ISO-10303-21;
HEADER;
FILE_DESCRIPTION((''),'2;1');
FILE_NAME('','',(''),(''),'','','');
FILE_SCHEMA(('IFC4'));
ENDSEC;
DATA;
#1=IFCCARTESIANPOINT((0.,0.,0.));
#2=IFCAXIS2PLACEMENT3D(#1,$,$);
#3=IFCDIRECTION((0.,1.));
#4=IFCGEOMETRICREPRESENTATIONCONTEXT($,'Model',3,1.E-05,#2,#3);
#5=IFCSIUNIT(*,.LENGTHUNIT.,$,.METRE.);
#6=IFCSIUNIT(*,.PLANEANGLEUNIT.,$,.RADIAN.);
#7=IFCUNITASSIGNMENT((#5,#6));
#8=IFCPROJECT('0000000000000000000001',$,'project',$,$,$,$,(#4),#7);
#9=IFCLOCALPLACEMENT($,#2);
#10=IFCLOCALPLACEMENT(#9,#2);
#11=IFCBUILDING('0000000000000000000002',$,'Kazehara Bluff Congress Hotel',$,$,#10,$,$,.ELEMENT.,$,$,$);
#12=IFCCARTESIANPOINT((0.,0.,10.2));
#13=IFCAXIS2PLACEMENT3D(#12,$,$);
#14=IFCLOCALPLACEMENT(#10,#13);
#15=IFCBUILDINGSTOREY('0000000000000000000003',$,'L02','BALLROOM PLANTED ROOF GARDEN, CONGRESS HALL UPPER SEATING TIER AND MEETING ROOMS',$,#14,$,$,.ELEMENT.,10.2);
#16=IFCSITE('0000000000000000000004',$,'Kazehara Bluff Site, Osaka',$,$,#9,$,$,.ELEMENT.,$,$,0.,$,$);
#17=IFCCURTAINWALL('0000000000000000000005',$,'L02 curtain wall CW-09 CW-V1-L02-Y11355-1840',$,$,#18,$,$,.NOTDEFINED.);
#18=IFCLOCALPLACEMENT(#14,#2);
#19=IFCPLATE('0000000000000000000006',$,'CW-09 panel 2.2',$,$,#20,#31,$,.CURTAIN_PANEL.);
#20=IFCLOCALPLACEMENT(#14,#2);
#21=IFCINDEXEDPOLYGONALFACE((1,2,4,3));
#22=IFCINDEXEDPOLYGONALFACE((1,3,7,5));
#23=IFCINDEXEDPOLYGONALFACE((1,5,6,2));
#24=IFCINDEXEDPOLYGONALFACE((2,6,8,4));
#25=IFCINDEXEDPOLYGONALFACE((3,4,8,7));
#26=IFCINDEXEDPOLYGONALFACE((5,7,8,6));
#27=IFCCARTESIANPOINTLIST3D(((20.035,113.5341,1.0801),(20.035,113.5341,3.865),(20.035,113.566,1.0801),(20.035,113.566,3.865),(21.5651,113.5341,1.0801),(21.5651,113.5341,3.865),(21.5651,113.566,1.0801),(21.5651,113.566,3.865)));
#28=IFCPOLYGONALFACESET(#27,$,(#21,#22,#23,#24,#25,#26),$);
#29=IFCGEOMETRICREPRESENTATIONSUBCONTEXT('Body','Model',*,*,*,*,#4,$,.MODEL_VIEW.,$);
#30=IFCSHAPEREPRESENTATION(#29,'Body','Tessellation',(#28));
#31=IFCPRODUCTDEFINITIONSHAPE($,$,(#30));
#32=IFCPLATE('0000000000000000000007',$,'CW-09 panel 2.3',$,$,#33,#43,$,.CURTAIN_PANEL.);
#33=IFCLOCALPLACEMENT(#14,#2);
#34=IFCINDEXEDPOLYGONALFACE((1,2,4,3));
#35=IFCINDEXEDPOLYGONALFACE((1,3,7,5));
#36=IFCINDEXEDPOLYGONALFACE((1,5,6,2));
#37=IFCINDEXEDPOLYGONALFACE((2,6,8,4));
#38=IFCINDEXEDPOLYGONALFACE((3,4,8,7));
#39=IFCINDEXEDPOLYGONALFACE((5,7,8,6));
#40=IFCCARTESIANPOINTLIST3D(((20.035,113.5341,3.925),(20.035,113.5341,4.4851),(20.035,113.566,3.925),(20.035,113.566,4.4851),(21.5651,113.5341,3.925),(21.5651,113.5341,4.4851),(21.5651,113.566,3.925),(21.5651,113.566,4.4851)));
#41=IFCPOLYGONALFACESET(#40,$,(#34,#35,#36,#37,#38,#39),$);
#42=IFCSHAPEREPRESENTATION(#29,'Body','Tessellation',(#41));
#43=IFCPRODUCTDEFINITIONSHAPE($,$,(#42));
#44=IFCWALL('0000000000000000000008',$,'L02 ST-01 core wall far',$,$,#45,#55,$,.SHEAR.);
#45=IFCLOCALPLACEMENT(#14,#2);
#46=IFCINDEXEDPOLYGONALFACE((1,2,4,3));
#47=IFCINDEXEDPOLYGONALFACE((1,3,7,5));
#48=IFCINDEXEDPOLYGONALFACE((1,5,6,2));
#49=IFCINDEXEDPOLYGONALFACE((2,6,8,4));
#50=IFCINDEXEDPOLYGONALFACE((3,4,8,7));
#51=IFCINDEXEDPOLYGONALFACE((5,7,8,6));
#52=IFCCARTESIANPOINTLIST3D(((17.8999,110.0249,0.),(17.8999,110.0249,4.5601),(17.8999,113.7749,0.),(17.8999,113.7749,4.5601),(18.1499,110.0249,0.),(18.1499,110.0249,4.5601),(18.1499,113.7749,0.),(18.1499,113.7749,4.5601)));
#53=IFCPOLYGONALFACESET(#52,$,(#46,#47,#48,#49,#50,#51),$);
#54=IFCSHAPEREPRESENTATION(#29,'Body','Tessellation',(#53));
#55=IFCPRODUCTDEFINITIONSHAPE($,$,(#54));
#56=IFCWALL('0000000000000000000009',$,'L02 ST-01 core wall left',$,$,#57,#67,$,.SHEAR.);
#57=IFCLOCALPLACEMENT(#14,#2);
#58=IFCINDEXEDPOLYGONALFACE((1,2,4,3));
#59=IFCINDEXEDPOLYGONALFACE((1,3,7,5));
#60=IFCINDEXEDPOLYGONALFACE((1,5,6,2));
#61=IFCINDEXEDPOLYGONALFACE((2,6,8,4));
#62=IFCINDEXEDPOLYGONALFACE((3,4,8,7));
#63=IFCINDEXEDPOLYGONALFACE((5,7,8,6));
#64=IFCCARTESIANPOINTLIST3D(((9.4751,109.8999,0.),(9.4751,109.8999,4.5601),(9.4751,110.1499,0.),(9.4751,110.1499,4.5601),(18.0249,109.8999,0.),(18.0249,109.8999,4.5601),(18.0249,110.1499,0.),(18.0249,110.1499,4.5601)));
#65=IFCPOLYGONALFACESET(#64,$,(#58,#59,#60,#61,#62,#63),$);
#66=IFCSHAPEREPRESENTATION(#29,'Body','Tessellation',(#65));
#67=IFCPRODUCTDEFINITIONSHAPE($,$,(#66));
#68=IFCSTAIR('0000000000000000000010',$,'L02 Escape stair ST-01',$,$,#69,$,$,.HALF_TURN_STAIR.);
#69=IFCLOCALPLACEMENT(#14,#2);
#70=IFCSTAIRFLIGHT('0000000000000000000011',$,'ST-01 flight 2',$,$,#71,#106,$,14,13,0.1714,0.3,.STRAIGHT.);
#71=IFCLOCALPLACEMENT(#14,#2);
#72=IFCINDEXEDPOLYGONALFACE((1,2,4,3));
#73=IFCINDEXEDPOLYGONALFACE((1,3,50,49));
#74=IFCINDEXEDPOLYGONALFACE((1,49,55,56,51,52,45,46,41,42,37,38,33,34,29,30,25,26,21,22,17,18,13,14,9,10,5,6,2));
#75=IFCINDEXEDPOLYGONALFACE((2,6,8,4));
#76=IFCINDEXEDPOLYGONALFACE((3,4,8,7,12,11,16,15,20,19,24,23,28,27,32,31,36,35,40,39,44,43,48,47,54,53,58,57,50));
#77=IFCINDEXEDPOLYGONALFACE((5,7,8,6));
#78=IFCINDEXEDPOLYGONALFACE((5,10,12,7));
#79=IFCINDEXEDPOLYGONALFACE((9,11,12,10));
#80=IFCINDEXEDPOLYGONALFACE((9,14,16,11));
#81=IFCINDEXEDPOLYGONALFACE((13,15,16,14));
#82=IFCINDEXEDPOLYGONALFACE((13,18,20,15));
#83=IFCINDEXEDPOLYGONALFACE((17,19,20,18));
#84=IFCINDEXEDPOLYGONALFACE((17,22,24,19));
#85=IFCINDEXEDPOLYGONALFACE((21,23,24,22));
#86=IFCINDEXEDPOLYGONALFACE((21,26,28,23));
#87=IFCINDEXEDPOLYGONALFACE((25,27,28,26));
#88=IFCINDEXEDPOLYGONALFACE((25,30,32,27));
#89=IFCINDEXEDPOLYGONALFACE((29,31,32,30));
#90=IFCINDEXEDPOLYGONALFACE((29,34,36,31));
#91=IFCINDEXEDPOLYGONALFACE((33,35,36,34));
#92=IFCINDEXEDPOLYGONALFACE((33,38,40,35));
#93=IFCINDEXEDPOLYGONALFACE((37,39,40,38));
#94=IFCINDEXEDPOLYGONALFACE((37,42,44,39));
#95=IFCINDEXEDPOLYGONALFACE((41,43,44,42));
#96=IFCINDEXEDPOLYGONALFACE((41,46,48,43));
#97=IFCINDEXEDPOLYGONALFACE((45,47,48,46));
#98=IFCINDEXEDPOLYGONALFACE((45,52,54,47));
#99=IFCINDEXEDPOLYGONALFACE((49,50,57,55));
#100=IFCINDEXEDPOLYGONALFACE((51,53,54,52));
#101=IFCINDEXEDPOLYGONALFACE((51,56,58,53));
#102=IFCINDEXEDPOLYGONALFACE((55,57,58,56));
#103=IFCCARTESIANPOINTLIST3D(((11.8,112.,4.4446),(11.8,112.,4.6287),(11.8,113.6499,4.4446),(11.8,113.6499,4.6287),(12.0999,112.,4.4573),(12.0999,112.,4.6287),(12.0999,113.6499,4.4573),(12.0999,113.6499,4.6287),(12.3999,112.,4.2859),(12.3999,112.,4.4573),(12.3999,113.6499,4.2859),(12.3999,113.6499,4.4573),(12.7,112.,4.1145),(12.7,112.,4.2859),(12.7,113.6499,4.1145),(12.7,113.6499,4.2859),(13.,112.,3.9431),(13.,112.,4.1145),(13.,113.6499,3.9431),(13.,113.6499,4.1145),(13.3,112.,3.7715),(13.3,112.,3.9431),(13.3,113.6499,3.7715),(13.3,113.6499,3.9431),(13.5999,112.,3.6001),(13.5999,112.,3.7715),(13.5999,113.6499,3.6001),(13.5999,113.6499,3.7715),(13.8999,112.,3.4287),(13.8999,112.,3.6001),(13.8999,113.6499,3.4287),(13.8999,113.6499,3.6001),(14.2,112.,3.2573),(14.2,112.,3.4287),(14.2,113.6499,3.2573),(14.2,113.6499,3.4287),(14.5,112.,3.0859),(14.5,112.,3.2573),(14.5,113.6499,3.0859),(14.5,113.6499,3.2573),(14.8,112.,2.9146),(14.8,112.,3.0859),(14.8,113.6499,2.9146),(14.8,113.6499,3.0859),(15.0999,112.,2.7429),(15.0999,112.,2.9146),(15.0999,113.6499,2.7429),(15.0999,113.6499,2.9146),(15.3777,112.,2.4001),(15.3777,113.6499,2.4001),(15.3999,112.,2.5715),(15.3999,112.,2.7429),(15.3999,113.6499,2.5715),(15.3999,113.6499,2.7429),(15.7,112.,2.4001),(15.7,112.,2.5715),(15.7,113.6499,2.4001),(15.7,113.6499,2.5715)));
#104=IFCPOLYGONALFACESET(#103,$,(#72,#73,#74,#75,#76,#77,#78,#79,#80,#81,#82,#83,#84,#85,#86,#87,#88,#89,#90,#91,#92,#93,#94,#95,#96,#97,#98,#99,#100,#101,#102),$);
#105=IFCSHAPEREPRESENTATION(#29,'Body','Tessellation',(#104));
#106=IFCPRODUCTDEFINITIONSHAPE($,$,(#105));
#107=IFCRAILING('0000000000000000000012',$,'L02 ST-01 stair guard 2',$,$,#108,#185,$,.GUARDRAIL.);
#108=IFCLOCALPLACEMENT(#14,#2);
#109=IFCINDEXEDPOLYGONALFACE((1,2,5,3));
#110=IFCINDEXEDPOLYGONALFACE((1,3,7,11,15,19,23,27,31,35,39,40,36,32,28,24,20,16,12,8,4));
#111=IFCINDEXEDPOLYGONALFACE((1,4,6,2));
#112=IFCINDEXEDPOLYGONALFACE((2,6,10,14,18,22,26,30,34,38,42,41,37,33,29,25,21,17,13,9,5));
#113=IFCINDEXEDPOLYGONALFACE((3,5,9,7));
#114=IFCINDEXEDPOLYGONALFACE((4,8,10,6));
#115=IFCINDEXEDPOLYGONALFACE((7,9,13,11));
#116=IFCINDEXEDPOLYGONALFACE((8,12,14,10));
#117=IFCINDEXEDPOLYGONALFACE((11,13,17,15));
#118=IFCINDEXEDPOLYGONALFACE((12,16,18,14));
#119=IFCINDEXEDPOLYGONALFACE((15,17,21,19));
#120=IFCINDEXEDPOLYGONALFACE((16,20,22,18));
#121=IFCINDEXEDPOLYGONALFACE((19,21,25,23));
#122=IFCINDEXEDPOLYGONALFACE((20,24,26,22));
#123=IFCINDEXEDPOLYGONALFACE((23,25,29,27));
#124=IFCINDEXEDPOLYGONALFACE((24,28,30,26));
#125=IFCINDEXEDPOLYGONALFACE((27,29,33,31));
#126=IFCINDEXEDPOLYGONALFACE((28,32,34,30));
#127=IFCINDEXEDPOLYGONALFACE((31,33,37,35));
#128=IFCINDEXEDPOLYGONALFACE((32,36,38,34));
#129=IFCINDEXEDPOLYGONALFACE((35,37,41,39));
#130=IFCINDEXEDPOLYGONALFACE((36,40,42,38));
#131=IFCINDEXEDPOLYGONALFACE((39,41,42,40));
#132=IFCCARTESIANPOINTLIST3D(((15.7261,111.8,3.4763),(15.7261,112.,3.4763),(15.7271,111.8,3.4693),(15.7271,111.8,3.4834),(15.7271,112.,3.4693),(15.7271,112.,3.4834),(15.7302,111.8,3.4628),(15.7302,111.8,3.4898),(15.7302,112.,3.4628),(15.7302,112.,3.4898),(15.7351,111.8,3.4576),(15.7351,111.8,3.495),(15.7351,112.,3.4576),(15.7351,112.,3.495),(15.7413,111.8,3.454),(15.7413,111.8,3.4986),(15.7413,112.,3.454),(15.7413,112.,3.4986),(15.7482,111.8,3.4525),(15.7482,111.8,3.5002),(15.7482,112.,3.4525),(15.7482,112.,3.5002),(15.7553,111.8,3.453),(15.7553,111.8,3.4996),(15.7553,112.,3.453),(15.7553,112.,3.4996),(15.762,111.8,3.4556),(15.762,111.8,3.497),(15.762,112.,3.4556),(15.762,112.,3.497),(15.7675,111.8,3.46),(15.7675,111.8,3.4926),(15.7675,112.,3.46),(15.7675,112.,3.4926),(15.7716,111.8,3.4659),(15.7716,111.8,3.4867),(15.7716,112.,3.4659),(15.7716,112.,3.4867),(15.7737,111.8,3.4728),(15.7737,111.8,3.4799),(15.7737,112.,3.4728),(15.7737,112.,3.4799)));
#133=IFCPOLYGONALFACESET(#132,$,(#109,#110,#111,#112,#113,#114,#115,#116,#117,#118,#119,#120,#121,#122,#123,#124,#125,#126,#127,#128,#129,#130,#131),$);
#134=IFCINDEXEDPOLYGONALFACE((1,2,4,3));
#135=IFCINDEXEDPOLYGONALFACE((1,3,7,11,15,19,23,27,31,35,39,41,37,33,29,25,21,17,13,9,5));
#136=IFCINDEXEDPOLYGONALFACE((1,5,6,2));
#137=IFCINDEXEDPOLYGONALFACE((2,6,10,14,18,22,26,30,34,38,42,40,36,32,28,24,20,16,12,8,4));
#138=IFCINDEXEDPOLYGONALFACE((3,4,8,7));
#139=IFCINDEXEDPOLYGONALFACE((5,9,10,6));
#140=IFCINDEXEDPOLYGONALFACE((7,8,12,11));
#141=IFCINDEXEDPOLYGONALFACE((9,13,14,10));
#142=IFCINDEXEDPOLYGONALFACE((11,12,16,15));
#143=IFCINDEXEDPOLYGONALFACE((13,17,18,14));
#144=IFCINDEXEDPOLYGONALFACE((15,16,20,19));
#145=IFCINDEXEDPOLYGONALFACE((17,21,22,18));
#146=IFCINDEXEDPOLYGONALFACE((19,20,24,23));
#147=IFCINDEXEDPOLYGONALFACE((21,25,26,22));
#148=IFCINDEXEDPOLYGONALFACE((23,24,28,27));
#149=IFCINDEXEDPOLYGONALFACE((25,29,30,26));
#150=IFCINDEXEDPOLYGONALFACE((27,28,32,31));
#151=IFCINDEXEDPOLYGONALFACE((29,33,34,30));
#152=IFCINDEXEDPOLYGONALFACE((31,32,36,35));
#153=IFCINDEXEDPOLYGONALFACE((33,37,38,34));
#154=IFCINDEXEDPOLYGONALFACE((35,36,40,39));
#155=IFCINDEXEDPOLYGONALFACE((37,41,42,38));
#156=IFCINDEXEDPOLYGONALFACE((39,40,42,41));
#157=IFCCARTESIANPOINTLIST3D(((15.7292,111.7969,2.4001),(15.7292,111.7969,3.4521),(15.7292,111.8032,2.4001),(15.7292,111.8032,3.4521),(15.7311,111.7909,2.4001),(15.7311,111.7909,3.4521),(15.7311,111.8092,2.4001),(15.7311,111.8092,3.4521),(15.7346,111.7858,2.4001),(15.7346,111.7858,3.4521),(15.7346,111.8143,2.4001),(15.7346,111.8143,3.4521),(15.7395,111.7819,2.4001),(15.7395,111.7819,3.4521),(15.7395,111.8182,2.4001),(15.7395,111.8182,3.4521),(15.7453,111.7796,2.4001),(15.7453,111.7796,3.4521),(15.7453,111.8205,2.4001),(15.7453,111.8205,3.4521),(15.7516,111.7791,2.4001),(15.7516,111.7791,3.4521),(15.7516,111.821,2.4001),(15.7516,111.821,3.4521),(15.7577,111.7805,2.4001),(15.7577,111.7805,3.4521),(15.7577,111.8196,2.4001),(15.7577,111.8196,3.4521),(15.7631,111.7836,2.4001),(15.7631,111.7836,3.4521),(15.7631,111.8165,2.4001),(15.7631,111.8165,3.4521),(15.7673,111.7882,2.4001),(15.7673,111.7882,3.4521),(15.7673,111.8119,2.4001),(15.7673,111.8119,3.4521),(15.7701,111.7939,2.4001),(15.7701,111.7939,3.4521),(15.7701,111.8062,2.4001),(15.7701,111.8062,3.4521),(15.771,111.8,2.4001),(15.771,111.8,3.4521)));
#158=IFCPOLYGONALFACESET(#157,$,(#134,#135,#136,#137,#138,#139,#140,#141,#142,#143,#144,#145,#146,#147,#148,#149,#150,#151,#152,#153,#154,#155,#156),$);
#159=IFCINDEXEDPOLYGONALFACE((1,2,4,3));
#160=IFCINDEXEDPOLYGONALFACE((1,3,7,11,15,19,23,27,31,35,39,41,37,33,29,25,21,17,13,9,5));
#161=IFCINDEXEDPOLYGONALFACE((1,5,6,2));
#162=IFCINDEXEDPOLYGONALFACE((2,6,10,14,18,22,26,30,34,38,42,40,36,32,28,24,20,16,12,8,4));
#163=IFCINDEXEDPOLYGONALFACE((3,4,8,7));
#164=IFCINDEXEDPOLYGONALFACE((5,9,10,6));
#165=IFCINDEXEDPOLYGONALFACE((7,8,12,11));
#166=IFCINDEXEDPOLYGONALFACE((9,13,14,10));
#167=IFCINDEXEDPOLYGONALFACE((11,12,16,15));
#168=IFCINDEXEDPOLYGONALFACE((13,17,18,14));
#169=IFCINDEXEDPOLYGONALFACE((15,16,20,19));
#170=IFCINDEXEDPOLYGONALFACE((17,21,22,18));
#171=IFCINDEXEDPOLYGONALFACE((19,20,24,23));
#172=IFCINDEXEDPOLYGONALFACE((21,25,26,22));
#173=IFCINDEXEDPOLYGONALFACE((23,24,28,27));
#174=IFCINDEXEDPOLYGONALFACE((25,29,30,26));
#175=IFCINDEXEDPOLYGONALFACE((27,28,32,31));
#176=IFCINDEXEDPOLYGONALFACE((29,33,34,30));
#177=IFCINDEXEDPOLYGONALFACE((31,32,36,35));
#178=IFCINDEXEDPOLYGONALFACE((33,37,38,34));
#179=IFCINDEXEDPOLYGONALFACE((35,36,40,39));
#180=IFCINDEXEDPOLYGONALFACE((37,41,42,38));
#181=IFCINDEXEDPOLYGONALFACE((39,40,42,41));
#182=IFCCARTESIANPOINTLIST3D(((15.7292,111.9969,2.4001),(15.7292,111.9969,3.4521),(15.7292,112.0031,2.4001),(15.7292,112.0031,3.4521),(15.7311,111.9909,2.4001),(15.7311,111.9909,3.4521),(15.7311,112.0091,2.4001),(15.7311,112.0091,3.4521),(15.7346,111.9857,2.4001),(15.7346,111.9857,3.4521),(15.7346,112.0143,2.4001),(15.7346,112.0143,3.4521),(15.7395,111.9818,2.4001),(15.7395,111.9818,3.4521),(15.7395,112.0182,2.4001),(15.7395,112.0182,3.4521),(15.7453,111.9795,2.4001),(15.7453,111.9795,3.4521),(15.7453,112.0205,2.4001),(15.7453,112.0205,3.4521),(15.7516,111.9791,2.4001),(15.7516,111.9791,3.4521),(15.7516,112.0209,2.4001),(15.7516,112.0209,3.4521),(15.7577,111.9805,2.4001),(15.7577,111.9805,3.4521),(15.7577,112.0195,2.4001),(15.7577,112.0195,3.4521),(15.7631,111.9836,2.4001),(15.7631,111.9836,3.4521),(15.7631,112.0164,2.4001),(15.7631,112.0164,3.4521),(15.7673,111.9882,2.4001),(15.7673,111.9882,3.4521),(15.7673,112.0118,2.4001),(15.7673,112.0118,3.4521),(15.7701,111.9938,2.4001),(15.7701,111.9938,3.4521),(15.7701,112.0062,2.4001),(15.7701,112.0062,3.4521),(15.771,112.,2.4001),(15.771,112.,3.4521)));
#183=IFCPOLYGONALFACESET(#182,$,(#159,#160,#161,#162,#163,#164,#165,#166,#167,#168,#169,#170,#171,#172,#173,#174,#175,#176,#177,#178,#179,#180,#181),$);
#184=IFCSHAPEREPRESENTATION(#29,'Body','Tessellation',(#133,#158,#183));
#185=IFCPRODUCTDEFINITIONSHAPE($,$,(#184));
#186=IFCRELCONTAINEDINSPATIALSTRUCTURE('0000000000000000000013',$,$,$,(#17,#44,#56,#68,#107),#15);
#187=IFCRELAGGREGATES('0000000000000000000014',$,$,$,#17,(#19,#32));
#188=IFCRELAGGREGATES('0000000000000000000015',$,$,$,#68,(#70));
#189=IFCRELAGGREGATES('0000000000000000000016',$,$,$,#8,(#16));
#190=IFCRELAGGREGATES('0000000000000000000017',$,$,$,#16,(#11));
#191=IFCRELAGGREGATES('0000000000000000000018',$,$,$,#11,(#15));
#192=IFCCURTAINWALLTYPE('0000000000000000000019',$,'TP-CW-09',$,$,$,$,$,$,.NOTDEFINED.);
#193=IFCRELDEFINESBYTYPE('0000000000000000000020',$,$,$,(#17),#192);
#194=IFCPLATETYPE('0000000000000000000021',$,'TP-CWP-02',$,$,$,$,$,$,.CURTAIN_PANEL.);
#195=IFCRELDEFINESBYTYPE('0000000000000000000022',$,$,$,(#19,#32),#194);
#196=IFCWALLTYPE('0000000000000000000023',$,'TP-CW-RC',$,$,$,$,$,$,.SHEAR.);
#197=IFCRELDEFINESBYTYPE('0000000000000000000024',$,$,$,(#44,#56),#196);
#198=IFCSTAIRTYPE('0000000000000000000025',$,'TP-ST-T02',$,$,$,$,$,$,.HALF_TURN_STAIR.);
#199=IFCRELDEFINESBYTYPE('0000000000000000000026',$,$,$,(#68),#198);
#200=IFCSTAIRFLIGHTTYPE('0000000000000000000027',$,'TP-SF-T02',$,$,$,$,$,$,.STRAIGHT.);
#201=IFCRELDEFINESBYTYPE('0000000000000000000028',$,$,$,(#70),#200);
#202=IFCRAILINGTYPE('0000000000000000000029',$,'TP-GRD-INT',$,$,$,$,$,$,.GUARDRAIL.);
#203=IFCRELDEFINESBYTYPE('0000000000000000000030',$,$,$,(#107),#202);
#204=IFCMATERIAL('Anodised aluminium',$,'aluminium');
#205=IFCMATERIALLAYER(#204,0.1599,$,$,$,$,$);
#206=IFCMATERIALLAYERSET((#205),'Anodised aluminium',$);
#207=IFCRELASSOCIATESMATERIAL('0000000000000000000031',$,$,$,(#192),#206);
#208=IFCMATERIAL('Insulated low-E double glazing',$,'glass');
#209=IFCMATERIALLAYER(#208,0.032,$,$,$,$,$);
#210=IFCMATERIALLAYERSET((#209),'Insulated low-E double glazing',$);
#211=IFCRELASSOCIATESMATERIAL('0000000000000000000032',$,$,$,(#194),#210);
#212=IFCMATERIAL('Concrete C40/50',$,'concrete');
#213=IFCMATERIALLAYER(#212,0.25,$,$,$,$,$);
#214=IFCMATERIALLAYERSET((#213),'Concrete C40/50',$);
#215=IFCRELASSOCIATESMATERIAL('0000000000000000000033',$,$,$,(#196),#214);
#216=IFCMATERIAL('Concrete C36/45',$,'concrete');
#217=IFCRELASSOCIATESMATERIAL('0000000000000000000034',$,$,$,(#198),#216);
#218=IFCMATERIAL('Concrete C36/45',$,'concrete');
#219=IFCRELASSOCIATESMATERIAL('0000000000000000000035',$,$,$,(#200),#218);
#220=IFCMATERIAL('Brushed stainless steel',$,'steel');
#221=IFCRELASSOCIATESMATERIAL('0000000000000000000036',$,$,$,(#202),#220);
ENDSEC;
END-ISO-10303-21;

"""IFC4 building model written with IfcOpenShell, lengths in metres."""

from ifc_helpers import new_model, si_unit, direction, frame, frame_2d, origin, origin_2d, place, context, subcontext, project, spatial, polyline, rectangle, circle, outline, extrude, material, layer, layer_set, type_object, element, aggregate, save


model = new_model("IFC4")

# Units and contexts
model_context = context("Model", 3, precision=1e-05, world=origin(), true_north=direction((0.0, 1.0)))
body_context = subcontext(model_context, "Body", "Model", "MODEL_VIEW")
ifc_project = project(units=[si_unit("LENGTHUNIT", "METRE"), si_unit("PLANEANGLEUNIT", "RADIAN")], contexts=[model_context])

# Site, building, storey
site_placement = place(None, origin())
site = spatial("IfcSite", under=ifc_project, at=site_placement, Name="Kazehara Bluff Site, Osaka", CompositionType="ELEMENT", RefElevation=0.0)
building_placement = place(site_placement, origin())
building = spatial("IfcBuilding", under=site, at=building_placement, Name="Kazehara Bluff Congress Hotel", CompositionType="ELEMENT")
storey_placement = place(building_placement, frame((0.0, 0.0, 10.2)))
storey = spatial("IfcBuildingStorey", under=building, at=storey_placement, Name="L02", Description="BALLROOM PLANTED ROOF GARDEN, CONGRESS HALL UPPER SEATING TIER AND MEETING ROOMS", CompositionType="ELEMENT", Elevation=10.2)

# Curtain wall, plates
ifc_material_1 = material(Name="Anodised aluminium", Category="aluminium")
ifc_layer_1 = layer(ifc_material_1, 0.1599)
ifc_layer_set_1 = layer_set([ifc_layer_1], Name="Anodised aluminium")
curtain_wall_type = type_object("IfcCurtainWallType", Name="TP-CW-09", PredefinedType="NOTDEFINED", material=ifc_layer_set_1)
curtain_wall_placement = place(storey_placement, origin())
curtain_wall = element("IfcCurtainWall", 1, at=curtain_wall_placement, inside=storey, type_object=curtain_wall_type, Name="L02 curtain wall CW-09 CW-V1-L02-Y11355-1840", PredefinedType="NOTDEFINED")
ifc_material_2 = material(Name="Insulated low-E double glazing", Category="glass")
ifc_layer_2 = layer(ifc_material_2, 0.032)
ifc_layer_set_2 = layer_set([ifc_layer_2], Name="Insulated low-E double glazing")
plate_type = type_object("IfcPlateType", Name="TP-CWP-02", PredefinedType="CURTAIN_PANEL", material=ifc_layer_set_2)
plate_1_placement = place(storey_placement, frame((20.8, 113.55, 1.0801), z_axis=(0.0, 0.0, 1.0), x_axis=(1.0, 0.0, 0.0)))
plate_1 = element("IfcPlate", 2, at=plate_1_placement, type_object=plate_type, Name="CW-09 panel 2.2", PredefinedType="CURTAIN_PANEL", context=body_context, shape_type="SweptSolid", body=[
    extrude(rectangle(XDim=1.53, YDim=0.032, at=origin_2d()), origin(), (0.0, 0.0, 1.0), 2.7849),
])
plate_2_placement = place(storey_placement, frame((20.8, 113.55, 3.925), z_axis=(0.0, 0.0, 1.0), x_axis=(1.0, 0.0, 0.0)))
plate_2 = element("IfcPlate", 3, at=plate_2_placement, type_object=plate_type, Name="CW-09 panel 2.3", PredefinedType="CURTAIN_PANEL", context=body_context, shape_type="SweptSolid", body=[
    extrude(rectangle(XDim=1.53, YDim=0.032, at=origin_2d()), origin(), (0.0, 0.0, 1.0), 0.5601),
])
aggregate(curtain_wall, [plate_1, plate_2])

# Walls
ifc_material_3 = material(Name="Concrete C40/50", Category="concrete")
ifc_layer_3 = layer(ifc_material_3, 0.25)
ifc_layer_set_3 = layer_set([ifc_layer_3], Name="Concrete C40/50")
wall_type = type_object("IfcWallType", Name="TP-CW-RC", PredefinedType="SHEAR", material=ifc_layer_set_3)
wall_1_placement = place(storey_placement, frame((18.0249, 113.7749, 0.0), z_axis=(0.0, 0.0, 1.0), x_axis=(0.0, -1.0, 0.0)))
element("IfcWall", 4, at=wall_1_placement, inside=storey, type_object=wall_type, Name="L02 ST-01 core wall far", PredefinedType="SHEAR", context=body_context, shape_type="SweptSolid", body=[
    extrude(rectangle(XDim=3.75, YDim=0.25, at=frame_2d((1.875, 0.0))), origin(), (0.0, 0.0, 1.0), 4.5601),
])
wall_2_placement = place(storey_placement, frame((18.0249, 110.0249, 0.0), z_axis=(0.0, 0.0, 1.0), x_axis=(-1.0, 0.0, 0.0)))
element("IfcWall", 5, at=wall_2_placement, inside=storey, type_object=wall_type, Name="L02 ST-01 core wall left", PredefinedType="SHEAR", context=body_context, shape_type="SweptSolid", body=[
    extrude(rectangle(XDim=8.5498, YDim=0.25, at=frame_2d((4.2749, 0.0))), origin(), (0.0, 0.0, 1.0), 4.5601),
])

# Stair, stair flight
ifc_material_4 = material(Name="Concrete C36/45", Category="concrete")
stair_type = type_object("IfcStairType", Name="TP-ST-T02", PredefinedType="HALF_TURN_STAIR", material=ifc_material_4)
stair_placement = place(storey_placement, origin())
stair = element("IfcStair", 6, at=stair_placement, inside=storey, type_object=stair_type, Name="L02 Escape stair ST-01", PredefinedType="HALF_TURN_STAIR")
ifc_material_5 = material(Name="Concrete C36/45", Category="concrete")
stair_flight_type = type_object("IfcStairFlightType", Name="TP-SF-T02", PredefinedType="STRAIGHT", material=ifc_material_5)
stair_flight_placement = place(storey_placement, frame((15.7, 112.825, 2.4001), z_axis=(0.0, 0.0, 1.0), x_axis=(-1.0, 0.0, 0.0)))
stair_flight = element("IfcStairFlight", 7, at=stair_flight_placement, type_object=stair_flight_type, Name="ST-01 flight 2", NumberOfRisers=14, NumberOfTreads=13, PredefinedType="STRAIGHT", RiserHeight=0.1714, TreadLength=0.3, context=body_context, shape_type="SweptSolid", body=[
    extrude(outline(polyline([(0.0, 0.0), (0.0, 0.1714), (0.3, 0.1714), (0.3, 0.3428), (0.6001, 0.3428), (0.6001, 0.5144), (0.8999, 0.5144), (0.8999, 0.6858), (1.2, 0.6858), (1.2, 0.8572), (1.5, 0.8572), (1.5, 1.0286), (1.8, 1.0286), (1.8, 1.2), (2.1001, 1.2), (2.1001, 1.3713), (2.3999, 1.3713), (2.3999, 1.543), (2.7, 1.543), (2.7, 1.7144), (3.0, 1.7144), (3.0, 1.8857), (3.3, 1.8857), (3.3, 2.0571), (3.6001, 2.0571), (3.6001, 2.2285), (3.8999, 2.2285), (3.8999, 2.3999), (3.8999, 2.0444), (0.3223, 0.0), (0.0, 0.0)])), frame((0.0, 0.825, 0.0), z_axis=(0.0, -1.0, 0.0), x_axis=(1.0, 0.0, 0.0)), (0.0, 0.0, 1.0), 1.6499),
])
aggregate(stair, [stair_flight])

# Railing
ifc_material_6 = material(Name="Brushed stainless steel", Category="steel")
railing_type_1 = type_object("IfcRailingType", Name="TP-GRD-INT", PredefinedType="GUARDRAIL", material=ifc_material_6)
railing_1_placement = place(storey_placement, frame((15.75, 111.8, 2.4001)))
element("IfcRailing", 8, at=railing_1_placement, inside=storey, type_object=railing_type_1, Name="L02 ST-01 stair guard 2", PredefinedType="GUARDRAIL", context=body_context, shape_type="SweptSolid", body=[
    extrude(circle(Radius=0.0239, at=origin_2d()), frame((0.0, 0.0, 1.0762), z_axis=(0.0, 1.0, 0.0), x_axis=(-1.0, 0.0, 0.0)), (0.0, 0.0, 1.0), 0.2),
    extrude(circle(Radius=0.021, at=origin_2d()), origin(), (0.0, 0.0, 1.0), 1.052),
    extrude(circle(Radius=0.021, at=origin_2d()), frame((0.0, 0.2, 0.0)), (0.0, 0.0, 1.0), 1.052),
])

save(model, "model.ifc")
